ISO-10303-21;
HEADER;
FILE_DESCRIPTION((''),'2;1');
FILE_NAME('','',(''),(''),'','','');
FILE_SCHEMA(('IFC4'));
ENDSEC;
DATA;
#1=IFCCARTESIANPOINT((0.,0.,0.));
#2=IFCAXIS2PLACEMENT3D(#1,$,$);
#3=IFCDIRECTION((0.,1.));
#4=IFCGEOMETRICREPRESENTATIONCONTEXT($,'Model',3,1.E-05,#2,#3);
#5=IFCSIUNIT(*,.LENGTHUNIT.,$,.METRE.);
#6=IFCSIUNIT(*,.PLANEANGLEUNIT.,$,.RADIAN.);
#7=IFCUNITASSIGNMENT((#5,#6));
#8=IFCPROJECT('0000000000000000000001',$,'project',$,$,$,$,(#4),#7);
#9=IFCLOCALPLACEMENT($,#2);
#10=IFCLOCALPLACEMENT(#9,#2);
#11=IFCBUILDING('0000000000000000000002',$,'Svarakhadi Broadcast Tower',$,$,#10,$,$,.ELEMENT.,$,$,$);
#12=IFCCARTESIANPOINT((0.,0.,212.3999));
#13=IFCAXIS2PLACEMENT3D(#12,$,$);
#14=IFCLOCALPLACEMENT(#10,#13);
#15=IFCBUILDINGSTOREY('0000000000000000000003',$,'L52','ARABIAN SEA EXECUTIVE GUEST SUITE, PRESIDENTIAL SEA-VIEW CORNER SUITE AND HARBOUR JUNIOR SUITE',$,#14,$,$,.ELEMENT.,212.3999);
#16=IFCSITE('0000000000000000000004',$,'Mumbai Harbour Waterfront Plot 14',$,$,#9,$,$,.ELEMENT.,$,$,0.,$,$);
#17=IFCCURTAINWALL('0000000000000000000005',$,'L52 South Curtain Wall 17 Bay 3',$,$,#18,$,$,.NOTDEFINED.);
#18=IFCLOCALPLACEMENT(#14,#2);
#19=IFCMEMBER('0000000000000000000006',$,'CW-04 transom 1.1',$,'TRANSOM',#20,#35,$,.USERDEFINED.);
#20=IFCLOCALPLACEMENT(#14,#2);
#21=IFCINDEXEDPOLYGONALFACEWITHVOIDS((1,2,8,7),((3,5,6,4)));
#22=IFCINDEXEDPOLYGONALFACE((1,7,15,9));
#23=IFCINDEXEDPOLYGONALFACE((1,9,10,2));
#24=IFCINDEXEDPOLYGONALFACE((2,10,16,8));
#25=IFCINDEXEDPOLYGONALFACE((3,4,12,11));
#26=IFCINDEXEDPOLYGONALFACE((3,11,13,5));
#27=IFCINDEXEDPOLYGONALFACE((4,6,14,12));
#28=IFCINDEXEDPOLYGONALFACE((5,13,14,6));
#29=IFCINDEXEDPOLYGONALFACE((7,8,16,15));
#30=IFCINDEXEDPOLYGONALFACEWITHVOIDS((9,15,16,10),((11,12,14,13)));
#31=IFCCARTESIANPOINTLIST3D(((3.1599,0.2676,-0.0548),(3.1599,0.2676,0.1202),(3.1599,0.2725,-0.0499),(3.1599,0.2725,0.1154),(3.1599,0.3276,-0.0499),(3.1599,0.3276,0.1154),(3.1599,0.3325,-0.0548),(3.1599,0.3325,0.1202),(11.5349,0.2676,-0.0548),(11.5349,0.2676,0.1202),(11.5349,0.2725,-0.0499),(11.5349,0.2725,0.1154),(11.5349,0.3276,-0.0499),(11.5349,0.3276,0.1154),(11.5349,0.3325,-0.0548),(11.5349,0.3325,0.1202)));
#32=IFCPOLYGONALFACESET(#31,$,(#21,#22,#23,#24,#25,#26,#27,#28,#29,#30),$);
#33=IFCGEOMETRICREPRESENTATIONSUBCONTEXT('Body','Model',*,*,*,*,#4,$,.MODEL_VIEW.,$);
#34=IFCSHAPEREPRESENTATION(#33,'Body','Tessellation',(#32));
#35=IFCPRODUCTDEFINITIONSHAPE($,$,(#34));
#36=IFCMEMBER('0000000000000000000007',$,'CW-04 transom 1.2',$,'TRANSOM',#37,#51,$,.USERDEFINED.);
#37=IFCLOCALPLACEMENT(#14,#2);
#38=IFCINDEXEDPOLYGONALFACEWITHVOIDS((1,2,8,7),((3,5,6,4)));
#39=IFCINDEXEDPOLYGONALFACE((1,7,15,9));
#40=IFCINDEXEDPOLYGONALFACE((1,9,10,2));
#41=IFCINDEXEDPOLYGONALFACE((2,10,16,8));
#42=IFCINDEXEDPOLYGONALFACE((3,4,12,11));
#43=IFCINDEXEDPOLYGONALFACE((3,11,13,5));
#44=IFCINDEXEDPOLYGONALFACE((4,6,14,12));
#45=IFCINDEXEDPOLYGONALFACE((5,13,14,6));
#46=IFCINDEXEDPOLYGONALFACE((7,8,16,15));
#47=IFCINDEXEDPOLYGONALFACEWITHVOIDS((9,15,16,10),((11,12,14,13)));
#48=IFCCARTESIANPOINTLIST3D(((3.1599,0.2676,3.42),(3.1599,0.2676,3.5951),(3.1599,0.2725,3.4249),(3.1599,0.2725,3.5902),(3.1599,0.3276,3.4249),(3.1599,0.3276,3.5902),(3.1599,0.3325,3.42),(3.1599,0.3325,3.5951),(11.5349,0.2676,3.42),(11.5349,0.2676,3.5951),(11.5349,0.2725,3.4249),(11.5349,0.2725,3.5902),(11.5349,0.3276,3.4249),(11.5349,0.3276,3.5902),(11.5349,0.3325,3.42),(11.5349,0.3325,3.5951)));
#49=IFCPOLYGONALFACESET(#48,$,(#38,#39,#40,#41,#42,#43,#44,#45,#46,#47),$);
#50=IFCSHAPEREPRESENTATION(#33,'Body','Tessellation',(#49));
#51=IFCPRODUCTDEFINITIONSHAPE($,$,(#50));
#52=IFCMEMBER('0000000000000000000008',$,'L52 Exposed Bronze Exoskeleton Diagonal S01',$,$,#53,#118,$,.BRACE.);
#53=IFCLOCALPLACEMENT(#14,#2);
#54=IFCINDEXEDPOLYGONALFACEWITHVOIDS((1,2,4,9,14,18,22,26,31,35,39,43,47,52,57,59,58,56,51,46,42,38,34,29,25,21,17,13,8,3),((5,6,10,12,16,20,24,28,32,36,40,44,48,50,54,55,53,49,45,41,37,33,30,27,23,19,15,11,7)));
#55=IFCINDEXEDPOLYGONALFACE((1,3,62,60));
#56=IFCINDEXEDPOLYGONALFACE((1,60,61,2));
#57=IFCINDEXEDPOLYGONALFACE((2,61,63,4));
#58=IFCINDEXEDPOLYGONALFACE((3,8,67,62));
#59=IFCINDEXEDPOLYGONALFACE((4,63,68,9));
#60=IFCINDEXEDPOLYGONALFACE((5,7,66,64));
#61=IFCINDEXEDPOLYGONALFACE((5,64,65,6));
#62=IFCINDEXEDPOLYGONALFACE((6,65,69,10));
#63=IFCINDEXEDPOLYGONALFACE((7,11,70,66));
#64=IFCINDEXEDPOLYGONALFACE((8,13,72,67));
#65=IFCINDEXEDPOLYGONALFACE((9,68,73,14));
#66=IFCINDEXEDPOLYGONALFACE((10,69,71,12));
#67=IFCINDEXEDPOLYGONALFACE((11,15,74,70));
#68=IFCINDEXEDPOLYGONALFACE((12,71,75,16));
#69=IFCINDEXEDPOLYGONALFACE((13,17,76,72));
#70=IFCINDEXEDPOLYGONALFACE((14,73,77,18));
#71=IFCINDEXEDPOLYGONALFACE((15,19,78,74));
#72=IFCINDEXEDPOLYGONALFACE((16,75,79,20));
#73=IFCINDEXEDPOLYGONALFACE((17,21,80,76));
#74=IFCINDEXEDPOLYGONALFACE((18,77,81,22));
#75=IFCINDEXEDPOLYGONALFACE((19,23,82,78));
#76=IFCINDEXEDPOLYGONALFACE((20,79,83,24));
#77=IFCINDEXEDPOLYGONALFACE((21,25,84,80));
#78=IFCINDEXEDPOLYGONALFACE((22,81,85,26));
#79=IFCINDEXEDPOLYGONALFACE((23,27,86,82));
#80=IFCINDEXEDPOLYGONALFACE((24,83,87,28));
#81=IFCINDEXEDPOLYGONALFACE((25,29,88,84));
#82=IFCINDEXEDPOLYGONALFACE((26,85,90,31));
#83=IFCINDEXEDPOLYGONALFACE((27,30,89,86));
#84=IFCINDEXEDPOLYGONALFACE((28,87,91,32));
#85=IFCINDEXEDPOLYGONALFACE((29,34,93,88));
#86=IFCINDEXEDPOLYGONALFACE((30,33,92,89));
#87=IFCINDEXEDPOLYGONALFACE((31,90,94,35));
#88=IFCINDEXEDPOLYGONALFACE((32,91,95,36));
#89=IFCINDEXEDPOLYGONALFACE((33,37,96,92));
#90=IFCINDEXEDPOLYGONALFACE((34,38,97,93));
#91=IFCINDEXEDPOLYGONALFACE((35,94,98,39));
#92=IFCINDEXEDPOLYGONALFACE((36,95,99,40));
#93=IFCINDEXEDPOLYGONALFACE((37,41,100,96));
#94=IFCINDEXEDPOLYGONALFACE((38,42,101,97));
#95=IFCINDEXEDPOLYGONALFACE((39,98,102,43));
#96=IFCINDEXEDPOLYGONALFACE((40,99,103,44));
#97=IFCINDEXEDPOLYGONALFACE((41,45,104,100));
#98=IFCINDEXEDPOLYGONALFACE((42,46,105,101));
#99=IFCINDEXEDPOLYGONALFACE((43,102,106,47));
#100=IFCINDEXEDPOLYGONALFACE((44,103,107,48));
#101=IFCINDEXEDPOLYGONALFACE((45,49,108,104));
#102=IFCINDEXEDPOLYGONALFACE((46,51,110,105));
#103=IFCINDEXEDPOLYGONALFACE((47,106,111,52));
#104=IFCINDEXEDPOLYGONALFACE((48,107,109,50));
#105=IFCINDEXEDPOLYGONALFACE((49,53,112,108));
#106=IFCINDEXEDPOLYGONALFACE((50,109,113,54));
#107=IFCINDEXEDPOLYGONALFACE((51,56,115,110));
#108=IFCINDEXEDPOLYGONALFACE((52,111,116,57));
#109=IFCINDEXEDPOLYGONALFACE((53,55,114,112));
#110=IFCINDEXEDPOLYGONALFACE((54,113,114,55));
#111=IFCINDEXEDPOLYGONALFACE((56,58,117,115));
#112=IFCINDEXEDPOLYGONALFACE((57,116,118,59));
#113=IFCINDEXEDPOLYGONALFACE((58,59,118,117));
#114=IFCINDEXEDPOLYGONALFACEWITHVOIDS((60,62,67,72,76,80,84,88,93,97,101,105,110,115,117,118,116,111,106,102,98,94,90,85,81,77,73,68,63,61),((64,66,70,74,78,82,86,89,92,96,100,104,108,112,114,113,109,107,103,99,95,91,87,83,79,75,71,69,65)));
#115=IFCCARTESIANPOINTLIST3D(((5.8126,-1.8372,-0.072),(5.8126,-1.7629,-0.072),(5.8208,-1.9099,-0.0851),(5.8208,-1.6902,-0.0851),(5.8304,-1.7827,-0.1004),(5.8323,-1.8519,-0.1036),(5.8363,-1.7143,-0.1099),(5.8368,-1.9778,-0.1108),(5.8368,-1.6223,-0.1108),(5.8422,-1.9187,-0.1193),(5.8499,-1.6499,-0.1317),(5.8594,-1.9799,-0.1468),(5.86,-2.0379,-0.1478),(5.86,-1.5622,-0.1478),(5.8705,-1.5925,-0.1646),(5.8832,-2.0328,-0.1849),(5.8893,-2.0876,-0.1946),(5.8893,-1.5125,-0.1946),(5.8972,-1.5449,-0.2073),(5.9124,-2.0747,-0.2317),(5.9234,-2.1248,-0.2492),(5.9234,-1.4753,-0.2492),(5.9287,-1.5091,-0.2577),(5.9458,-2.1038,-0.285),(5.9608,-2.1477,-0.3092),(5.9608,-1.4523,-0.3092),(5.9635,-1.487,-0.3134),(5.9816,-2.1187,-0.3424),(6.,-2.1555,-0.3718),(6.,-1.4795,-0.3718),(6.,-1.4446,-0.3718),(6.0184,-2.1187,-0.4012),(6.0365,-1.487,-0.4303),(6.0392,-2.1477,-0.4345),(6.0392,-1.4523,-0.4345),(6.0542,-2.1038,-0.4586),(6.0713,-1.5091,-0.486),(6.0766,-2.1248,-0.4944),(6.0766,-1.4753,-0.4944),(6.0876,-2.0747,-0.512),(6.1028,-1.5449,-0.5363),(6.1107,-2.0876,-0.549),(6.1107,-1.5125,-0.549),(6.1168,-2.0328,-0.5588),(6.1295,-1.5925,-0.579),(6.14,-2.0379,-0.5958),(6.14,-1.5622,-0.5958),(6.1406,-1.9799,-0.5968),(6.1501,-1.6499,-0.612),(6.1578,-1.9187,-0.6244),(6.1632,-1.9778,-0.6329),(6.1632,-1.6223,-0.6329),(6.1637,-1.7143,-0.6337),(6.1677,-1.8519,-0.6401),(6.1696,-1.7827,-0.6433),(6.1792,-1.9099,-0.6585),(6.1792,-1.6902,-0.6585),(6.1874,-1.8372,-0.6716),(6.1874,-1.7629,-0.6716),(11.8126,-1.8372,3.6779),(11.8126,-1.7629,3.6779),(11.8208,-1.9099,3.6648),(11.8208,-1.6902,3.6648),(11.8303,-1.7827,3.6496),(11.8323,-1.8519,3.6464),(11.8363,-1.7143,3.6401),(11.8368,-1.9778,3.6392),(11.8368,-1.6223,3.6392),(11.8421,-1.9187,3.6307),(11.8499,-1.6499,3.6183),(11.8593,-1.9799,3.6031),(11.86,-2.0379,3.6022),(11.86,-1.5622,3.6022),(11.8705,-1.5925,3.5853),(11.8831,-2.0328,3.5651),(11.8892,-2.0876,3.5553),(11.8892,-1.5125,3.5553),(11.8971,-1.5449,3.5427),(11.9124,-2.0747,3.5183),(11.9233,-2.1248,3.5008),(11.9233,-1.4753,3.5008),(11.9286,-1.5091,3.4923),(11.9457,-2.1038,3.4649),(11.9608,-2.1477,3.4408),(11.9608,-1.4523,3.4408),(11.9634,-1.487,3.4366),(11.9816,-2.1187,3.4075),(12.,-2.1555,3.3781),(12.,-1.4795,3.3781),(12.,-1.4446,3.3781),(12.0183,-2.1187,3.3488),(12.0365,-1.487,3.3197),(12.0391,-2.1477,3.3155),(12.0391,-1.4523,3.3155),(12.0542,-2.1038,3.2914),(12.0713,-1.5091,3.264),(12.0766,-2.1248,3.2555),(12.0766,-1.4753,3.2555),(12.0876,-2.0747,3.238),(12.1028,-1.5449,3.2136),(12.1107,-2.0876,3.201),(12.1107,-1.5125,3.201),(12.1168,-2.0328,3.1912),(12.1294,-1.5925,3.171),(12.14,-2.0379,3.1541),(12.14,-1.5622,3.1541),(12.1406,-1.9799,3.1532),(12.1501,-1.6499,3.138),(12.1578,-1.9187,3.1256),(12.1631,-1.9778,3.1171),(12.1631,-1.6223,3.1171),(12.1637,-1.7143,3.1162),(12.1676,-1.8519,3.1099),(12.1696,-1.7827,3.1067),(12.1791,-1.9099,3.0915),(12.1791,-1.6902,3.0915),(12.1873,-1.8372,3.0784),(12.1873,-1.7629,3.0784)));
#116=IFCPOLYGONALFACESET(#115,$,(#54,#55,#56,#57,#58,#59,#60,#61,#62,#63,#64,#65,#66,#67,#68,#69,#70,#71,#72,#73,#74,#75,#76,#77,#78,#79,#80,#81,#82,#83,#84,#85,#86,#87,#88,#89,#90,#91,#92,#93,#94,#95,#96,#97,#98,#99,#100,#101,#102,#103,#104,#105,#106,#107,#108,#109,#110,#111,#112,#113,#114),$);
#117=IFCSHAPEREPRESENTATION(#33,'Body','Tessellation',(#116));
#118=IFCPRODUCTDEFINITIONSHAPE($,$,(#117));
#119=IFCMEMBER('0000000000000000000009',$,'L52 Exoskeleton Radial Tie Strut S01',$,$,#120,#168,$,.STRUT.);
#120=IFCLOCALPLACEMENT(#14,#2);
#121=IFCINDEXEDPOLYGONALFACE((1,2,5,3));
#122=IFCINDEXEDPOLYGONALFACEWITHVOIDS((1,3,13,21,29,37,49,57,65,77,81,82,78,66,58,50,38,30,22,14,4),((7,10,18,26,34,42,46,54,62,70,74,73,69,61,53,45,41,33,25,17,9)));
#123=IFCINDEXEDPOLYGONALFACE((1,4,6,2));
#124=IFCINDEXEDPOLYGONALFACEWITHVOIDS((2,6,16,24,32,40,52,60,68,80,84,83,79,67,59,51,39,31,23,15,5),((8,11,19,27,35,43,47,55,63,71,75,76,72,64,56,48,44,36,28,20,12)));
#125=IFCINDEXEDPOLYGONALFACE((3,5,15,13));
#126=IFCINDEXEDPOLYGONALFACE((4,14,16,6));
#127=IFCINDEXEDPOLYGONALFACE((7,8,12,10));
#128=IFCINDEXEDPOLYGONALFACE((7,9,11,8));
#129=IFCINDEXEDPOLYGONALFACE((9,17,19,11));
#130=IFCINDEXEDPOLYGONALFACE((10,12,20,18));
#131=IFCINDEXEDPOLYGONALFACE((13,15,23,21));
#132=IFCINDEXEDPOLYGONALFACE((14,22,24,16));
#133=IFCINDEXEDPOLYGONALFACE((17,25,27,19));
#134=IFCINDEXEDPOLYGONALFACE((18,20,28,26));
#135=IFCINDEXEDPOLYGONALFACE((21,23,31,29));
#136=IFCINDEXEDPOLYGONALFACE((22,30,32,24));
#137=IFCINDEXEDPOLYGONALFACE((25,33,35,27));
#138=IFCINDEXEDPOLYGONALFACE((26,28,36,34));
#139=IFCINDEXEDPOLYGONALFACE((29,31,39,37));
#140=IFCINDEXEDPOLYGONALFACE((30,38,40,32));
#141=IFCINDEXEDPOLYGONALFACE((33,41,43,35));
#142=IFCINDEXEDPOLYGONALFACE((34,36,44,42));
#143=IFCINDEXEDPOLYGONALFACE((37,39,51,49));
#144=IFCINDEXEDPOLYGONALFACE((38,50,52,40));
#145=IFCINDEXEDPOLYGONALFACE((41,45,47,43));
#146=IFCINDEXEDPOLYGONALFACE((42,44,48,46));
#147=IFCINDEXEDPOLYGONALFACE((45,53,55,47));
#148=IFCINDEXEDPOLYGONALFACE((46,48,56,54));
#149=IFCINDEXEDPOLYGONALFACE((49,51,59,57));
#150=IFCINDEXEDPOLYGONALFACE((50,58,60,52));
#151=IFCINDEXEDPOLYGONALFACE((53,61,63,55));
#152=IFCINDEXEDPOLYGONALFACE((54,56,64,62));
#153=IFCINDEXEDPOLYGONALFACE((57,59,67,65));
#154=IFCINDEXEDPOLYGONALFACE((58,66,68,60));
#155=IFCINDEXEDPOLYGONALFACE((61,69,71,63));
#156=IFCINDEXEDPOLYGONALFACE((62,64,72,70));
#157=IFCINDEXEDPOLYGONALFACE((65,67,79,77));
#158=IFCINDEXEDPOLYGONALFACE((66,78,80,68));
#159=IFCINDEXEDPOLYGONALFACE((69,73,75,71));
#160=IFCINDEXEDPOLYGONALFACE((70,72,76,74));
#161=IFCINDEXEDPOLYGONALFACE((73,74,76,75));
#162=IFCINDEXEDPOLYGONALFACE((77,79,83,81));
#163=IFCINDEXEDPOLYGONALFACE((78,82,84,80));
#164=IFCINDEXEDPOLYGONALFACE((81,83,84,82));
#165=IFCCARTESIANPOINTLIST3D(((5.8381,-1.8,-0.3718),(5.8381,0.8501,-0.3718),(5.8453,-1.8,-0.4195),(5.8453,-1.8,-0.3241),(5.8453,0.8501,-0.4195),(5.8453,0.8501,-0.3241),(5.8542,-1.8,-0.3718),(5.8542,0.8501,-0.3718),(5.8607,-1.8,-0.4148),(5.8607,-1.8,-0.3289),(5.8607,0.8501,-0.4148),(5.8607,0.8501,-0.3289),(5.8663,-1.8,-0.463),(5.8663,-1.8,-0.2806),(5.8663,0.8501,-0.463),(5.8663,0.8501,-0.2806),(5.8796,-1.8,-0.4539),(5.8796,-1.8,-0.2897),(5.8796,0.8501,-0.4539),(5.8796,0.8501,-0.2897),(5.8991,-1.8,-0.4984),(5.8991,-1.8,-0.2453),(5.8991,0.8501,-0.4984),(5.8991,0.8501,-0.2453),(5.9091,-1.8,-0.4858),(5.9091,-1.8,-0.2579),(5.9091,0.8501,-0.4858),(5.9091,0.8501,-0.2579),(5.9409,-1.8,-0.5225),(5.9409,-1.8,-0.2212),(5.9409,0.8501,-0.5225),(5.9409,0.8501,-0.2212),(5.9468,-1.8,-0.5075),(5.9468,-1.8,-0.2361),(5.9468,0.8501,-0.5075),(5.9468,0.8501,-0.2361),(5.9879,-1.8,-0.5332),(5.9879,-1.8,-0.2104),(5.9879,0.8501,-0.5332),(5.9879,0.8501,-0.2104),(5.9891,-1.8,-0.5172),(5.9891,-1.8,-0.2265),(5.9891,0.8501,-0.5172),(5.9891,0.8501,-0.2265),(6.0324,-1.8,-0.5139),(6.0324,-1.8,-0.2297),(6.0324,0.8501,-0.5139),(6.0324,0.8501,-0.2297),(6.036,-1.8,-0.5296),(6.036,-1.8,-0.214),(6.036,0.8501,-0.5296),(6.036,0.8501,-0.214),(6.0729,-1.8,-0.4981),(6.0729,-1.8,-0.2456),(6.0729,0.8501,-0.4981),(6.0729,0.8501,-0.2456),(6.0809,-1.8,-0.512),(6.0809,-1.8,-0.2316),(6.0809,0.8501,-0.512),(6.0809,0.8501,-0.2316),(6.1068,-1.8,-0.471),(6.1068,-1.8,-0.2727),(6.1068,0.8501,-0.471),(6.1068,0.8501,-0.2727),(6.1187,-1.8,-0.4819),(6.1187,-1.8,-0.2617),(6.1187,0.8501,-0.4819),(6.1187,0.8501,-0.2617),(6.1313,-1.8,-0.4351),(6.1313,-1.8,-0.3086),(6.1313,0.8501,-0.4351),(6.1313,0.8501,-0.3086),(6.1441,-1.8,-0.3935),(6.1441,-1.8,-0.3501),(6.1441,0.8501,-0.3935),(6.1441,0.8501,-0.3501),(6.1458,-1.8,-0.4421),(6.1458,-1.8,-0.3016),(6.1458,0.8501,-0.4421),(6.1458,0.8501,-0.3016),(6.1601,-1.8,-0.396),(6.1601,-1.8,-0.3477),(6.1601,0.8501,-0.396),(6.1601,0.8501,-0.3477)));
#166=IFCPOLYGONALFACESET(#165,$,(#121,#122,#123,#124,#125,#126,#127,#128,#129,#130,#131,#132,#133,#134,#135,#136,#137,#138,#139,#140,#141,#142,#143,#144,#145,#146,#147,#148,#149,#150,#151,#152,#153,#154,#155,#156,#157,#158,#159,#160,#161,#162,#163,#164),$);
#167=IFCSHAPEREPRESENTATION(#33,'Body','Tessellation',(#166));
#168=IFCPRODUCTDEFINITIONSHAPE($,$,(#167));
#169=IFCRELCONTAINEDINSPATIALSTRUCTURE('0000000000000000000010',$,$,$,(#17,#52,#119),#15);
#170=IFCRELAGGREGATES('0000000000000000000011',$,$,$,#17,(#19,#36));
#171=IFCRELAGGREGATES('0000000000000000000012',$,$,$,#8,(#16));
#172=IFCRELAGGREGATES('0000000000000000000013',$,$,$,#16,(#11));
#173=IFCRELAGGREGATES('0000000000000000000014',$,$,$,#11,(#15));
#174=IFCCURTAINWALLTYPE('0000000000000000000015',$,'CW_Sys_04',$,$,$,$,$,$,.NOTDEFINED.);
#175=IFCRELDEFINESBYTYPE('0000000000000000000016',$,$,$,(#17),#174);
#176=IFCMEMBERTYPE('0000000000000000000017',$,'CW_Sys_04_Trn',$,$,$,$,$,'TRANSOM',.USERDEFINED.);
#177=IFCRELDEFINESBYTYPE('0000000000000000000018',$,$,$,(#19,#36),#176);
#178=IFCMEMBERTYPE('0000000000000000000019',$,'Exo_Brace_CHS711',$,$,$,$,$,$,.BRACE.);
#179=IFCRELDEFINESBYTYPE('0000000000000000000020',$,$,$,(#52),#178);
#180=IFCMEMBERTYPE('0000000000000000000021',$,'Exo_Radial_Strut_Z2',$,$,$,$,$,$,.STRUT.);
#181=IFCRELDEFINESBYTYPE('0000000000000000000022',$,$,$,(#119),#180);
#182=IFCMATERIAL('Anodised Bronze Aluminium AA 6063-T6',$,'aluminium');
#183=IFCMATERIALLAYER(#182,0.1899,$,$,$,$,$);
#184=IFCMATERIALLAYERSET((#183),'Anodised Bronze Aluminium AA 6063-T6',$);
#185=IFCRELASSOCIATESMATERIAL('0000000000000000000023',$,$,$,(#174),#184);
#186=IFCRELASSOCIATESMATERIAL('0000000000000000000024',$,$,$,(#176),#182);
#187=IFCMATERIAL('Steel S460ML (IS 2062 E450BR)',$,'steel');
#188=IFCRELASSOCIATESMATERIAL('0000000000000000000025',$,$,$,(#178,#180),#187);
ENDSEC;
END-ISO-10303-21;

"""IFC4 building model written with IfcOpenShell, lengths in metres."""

from ifc_helpers import new_model, si_unit, direction, frame, origin, origin_2d, place, context, subcontext, project, spatial, hollow_rectangle, hollow_circle, extrude, material, layer, layer_set, material_profile, profile_set, type_object, element, aggregate, save


model = new_model("IFC4")

# Units and contexts
model_context = context("Model", 3, precision=1e-05, world=origin(), true_north=direction((0.0, 1.0)))
body_context = subcontext(model_context, "Body", "Model", "MODEL_VIEW")
ifc_project = project(units=[si_unit("LENGTHUNIT", "METRE"), si_unit("PLANEANGLEUNIT", "RADIAN")], contexts=[model_context])

# Site, building, storey
site_placement = place(None, origin())
site = spatial("IfcSite", under=ifc_project, at=site_placement, Name="Mumbai Harbour Waterfront Plot 14", CompositionType="ELEMENT", RefElevation=0.0)
building_placement = place(site_placement, origin())
building = spatial("IfcBuilding", under=site, at=building_placement, Name="Svarakhadi Broadcast Tower", CompositionType="ELEMENT")
storey_placement = place(building_placement, frame((0.0, 0.0, 212.3999)))
storey = spatial("IfcBuildingStorey", under=building, at=storey_placement, Name="L52", Description="ARABIAN SEA EXECUTIVE GUEST SUITE, PRESIDENTIAL SEA-VIEW CORNER SUITE AND HARBOUR JUNIOR SUITE", CompositionType="ELEMENT", Elevation=212.3999)

# Shared definitions
ifc_material_1 = material(Name="Steel S460ML (IS 2062 E450BR)", Category="steel")

# Shared definitions
ifc_material_2 = material(Name="Anodised Bronze Aluminium AA 6063-T6", Category="aluminium")
ifc_layer_1 = layer(ifc_material_2, 0.1899)
ifc_layer_set_1 = layer_set([ifc_layer_1], Name="Anodised Bronze Aluminium AA 6063-T6")
curtain_wall_type = type_object("IfcCurtainWallType", Name="CW_Sys_04", PredefinedType="NOTDEFINED", material=ifc_layer_set_1)

# Curtain wall, members
curtain_wall_1_placement = place(storey_placement, origin())
curtain_wall_1 = element("IfcCurtainWall", 1, at=curtain_wall_1_placement, inside=storey, type_object=curtain_wall_type, Name="L52 South Curtain Wall 17 Bay 3", PredefinedType="NOTDEFINED")
ifc_material_profile_1 = material_profile(ifc_material_2, hollow_rectangle(XDim=0.0649, YDim=0.175, WallThickness=0.0049, at=origin_2d()), Name="ALU TRANSOM 175x65x5")
ifc_profile_set_1 = profile_set([ifc_material_profile_1], Name="Anodised Bronze Aluminium AA 6063-T6")
member_type_1 = type_object("IfcMemberType", Name="CW_Sys_04_Trn", ElementType="TRANSOM", PredefinedType="USERDEFINED", material=ifc_profile_set_1)
member_1_placement = place(storey_placement, frame((11.5349, 0.3, 0.0327), z_axis=(-1.0, 0.0, 0.0), x_axis=(0.0, -1.0, 0.0)))
member_1 = element("IfcMember", 2, at=member_1_placement, type_object=member_type_1, Name="CW-04 transom 1.1", ObjectType="TRANSOM", PredefinedType="USERDEFINED", context=body_context, shape_type="SweptSolid", body=[
    extrude(hollow_rectangle(XDim=0.0649, YDim=0.175, WallThickness=0.0049, at=origin_2d()), origin(), (0.0, 0.0, 1.0), 8.375),
])
member_2_placement = place(storey_placement, frame((11.5349, 0.3, 3.5076), z_axis=(-1.0, 0.0, 0.0), x_axis=(0.0, -1.0, 0.0)))
member_2 = element("IfcMember", 3, at=member_2_placement, type_object=member_type_1, Name="CW-04 transom 1.2", ObjectType="TRANSOM", PredefinedType="USERDEFINED", context=body_context, shape_type="SweptSolid", body=[
    extrude(hollow_rectangle(XDim=0.0649, YDim=0.175, WallThickness=0.0049, at=origin_2d()), origin(), (0.0, 0.0, 1.0), 8.375),
])

# Members
ifc_material_profile_2 = material_profile(ifc_material_1, hollow_circle(Radius=0.3555, WallThickness=0.0349, at=origin_2d()), Name="CHS 711x35")
ifc_profile_set_2 = profile_set([ifc_material_profile_2], Name="Steel S460ML (IS 2062 E450BR)")
member_type_2 = type_object("IfcMemberType", Name="Exo_Brace_CHS711", PredefinedType="BRACE", material=ifc_profile_set_2)
member_3_placement = place(storey_placement, frame((6.0, -1.8, -0.3718), z_axis=(0.847998, 0.0, 0.529999), x_axis=(0.0, 1.0, 0.0)))
element("IfcMember", 4, at=member_3_placement, inside=storey, type_object=member_type_2, Name="L52 Exposed Bronze Exoskeleton Diagonal S01", PredefinedType="BRACE", context=body_context, shape_type="SweptSolid", body=[
    extrude(hollow_circle(Radius=0.3555, WallThickness=0.0349, at=origin_2d()), origin(), (0.0, 0.0, 1.0), 7.0754),
])
ifc_material_profile_3 = material_profile(ifc_material_1, hollow_circle(Radius=0.1619, WallThickness=0.0161, at=origin_2d()), Name="CHS 323.9x16")
ifc_profile_set_3 = profile_set([ifc_material_profile_3], Name="Steel S460ML (IS 2062 E450BR)")
member_type_3 = type_object("IfcMemberType", Name="Exo_Radial_Strut_Z2", PredefinedType="STRUT", material=ifc_profile_set_3)
member_4_placement = place(storey_placement, frame((6.0, -1.8, -0.3718), z_axis=(0.0, 1.0, 0.0), x_axis=(-1.0, 0.0, 0.0)))
element("IfcMember", 5, at=member_4_placement, inside=storey, type_object=member_type_3, Name="L52 Exoskeleton Radial Tie Strut S01", PredefinedType="STRUT", context=body_context, shape_type="SweptSolid", body=[
    extrude(hollow_circle(Radius=0.1619, WallThickness=0.0161, at=origin_2d()), origin(), (0.0, 0.0, 1.0), 2.6501),
])

aggregate(curtain_wall_1, [member_1, member_2])

save(model, "model.ifc")
